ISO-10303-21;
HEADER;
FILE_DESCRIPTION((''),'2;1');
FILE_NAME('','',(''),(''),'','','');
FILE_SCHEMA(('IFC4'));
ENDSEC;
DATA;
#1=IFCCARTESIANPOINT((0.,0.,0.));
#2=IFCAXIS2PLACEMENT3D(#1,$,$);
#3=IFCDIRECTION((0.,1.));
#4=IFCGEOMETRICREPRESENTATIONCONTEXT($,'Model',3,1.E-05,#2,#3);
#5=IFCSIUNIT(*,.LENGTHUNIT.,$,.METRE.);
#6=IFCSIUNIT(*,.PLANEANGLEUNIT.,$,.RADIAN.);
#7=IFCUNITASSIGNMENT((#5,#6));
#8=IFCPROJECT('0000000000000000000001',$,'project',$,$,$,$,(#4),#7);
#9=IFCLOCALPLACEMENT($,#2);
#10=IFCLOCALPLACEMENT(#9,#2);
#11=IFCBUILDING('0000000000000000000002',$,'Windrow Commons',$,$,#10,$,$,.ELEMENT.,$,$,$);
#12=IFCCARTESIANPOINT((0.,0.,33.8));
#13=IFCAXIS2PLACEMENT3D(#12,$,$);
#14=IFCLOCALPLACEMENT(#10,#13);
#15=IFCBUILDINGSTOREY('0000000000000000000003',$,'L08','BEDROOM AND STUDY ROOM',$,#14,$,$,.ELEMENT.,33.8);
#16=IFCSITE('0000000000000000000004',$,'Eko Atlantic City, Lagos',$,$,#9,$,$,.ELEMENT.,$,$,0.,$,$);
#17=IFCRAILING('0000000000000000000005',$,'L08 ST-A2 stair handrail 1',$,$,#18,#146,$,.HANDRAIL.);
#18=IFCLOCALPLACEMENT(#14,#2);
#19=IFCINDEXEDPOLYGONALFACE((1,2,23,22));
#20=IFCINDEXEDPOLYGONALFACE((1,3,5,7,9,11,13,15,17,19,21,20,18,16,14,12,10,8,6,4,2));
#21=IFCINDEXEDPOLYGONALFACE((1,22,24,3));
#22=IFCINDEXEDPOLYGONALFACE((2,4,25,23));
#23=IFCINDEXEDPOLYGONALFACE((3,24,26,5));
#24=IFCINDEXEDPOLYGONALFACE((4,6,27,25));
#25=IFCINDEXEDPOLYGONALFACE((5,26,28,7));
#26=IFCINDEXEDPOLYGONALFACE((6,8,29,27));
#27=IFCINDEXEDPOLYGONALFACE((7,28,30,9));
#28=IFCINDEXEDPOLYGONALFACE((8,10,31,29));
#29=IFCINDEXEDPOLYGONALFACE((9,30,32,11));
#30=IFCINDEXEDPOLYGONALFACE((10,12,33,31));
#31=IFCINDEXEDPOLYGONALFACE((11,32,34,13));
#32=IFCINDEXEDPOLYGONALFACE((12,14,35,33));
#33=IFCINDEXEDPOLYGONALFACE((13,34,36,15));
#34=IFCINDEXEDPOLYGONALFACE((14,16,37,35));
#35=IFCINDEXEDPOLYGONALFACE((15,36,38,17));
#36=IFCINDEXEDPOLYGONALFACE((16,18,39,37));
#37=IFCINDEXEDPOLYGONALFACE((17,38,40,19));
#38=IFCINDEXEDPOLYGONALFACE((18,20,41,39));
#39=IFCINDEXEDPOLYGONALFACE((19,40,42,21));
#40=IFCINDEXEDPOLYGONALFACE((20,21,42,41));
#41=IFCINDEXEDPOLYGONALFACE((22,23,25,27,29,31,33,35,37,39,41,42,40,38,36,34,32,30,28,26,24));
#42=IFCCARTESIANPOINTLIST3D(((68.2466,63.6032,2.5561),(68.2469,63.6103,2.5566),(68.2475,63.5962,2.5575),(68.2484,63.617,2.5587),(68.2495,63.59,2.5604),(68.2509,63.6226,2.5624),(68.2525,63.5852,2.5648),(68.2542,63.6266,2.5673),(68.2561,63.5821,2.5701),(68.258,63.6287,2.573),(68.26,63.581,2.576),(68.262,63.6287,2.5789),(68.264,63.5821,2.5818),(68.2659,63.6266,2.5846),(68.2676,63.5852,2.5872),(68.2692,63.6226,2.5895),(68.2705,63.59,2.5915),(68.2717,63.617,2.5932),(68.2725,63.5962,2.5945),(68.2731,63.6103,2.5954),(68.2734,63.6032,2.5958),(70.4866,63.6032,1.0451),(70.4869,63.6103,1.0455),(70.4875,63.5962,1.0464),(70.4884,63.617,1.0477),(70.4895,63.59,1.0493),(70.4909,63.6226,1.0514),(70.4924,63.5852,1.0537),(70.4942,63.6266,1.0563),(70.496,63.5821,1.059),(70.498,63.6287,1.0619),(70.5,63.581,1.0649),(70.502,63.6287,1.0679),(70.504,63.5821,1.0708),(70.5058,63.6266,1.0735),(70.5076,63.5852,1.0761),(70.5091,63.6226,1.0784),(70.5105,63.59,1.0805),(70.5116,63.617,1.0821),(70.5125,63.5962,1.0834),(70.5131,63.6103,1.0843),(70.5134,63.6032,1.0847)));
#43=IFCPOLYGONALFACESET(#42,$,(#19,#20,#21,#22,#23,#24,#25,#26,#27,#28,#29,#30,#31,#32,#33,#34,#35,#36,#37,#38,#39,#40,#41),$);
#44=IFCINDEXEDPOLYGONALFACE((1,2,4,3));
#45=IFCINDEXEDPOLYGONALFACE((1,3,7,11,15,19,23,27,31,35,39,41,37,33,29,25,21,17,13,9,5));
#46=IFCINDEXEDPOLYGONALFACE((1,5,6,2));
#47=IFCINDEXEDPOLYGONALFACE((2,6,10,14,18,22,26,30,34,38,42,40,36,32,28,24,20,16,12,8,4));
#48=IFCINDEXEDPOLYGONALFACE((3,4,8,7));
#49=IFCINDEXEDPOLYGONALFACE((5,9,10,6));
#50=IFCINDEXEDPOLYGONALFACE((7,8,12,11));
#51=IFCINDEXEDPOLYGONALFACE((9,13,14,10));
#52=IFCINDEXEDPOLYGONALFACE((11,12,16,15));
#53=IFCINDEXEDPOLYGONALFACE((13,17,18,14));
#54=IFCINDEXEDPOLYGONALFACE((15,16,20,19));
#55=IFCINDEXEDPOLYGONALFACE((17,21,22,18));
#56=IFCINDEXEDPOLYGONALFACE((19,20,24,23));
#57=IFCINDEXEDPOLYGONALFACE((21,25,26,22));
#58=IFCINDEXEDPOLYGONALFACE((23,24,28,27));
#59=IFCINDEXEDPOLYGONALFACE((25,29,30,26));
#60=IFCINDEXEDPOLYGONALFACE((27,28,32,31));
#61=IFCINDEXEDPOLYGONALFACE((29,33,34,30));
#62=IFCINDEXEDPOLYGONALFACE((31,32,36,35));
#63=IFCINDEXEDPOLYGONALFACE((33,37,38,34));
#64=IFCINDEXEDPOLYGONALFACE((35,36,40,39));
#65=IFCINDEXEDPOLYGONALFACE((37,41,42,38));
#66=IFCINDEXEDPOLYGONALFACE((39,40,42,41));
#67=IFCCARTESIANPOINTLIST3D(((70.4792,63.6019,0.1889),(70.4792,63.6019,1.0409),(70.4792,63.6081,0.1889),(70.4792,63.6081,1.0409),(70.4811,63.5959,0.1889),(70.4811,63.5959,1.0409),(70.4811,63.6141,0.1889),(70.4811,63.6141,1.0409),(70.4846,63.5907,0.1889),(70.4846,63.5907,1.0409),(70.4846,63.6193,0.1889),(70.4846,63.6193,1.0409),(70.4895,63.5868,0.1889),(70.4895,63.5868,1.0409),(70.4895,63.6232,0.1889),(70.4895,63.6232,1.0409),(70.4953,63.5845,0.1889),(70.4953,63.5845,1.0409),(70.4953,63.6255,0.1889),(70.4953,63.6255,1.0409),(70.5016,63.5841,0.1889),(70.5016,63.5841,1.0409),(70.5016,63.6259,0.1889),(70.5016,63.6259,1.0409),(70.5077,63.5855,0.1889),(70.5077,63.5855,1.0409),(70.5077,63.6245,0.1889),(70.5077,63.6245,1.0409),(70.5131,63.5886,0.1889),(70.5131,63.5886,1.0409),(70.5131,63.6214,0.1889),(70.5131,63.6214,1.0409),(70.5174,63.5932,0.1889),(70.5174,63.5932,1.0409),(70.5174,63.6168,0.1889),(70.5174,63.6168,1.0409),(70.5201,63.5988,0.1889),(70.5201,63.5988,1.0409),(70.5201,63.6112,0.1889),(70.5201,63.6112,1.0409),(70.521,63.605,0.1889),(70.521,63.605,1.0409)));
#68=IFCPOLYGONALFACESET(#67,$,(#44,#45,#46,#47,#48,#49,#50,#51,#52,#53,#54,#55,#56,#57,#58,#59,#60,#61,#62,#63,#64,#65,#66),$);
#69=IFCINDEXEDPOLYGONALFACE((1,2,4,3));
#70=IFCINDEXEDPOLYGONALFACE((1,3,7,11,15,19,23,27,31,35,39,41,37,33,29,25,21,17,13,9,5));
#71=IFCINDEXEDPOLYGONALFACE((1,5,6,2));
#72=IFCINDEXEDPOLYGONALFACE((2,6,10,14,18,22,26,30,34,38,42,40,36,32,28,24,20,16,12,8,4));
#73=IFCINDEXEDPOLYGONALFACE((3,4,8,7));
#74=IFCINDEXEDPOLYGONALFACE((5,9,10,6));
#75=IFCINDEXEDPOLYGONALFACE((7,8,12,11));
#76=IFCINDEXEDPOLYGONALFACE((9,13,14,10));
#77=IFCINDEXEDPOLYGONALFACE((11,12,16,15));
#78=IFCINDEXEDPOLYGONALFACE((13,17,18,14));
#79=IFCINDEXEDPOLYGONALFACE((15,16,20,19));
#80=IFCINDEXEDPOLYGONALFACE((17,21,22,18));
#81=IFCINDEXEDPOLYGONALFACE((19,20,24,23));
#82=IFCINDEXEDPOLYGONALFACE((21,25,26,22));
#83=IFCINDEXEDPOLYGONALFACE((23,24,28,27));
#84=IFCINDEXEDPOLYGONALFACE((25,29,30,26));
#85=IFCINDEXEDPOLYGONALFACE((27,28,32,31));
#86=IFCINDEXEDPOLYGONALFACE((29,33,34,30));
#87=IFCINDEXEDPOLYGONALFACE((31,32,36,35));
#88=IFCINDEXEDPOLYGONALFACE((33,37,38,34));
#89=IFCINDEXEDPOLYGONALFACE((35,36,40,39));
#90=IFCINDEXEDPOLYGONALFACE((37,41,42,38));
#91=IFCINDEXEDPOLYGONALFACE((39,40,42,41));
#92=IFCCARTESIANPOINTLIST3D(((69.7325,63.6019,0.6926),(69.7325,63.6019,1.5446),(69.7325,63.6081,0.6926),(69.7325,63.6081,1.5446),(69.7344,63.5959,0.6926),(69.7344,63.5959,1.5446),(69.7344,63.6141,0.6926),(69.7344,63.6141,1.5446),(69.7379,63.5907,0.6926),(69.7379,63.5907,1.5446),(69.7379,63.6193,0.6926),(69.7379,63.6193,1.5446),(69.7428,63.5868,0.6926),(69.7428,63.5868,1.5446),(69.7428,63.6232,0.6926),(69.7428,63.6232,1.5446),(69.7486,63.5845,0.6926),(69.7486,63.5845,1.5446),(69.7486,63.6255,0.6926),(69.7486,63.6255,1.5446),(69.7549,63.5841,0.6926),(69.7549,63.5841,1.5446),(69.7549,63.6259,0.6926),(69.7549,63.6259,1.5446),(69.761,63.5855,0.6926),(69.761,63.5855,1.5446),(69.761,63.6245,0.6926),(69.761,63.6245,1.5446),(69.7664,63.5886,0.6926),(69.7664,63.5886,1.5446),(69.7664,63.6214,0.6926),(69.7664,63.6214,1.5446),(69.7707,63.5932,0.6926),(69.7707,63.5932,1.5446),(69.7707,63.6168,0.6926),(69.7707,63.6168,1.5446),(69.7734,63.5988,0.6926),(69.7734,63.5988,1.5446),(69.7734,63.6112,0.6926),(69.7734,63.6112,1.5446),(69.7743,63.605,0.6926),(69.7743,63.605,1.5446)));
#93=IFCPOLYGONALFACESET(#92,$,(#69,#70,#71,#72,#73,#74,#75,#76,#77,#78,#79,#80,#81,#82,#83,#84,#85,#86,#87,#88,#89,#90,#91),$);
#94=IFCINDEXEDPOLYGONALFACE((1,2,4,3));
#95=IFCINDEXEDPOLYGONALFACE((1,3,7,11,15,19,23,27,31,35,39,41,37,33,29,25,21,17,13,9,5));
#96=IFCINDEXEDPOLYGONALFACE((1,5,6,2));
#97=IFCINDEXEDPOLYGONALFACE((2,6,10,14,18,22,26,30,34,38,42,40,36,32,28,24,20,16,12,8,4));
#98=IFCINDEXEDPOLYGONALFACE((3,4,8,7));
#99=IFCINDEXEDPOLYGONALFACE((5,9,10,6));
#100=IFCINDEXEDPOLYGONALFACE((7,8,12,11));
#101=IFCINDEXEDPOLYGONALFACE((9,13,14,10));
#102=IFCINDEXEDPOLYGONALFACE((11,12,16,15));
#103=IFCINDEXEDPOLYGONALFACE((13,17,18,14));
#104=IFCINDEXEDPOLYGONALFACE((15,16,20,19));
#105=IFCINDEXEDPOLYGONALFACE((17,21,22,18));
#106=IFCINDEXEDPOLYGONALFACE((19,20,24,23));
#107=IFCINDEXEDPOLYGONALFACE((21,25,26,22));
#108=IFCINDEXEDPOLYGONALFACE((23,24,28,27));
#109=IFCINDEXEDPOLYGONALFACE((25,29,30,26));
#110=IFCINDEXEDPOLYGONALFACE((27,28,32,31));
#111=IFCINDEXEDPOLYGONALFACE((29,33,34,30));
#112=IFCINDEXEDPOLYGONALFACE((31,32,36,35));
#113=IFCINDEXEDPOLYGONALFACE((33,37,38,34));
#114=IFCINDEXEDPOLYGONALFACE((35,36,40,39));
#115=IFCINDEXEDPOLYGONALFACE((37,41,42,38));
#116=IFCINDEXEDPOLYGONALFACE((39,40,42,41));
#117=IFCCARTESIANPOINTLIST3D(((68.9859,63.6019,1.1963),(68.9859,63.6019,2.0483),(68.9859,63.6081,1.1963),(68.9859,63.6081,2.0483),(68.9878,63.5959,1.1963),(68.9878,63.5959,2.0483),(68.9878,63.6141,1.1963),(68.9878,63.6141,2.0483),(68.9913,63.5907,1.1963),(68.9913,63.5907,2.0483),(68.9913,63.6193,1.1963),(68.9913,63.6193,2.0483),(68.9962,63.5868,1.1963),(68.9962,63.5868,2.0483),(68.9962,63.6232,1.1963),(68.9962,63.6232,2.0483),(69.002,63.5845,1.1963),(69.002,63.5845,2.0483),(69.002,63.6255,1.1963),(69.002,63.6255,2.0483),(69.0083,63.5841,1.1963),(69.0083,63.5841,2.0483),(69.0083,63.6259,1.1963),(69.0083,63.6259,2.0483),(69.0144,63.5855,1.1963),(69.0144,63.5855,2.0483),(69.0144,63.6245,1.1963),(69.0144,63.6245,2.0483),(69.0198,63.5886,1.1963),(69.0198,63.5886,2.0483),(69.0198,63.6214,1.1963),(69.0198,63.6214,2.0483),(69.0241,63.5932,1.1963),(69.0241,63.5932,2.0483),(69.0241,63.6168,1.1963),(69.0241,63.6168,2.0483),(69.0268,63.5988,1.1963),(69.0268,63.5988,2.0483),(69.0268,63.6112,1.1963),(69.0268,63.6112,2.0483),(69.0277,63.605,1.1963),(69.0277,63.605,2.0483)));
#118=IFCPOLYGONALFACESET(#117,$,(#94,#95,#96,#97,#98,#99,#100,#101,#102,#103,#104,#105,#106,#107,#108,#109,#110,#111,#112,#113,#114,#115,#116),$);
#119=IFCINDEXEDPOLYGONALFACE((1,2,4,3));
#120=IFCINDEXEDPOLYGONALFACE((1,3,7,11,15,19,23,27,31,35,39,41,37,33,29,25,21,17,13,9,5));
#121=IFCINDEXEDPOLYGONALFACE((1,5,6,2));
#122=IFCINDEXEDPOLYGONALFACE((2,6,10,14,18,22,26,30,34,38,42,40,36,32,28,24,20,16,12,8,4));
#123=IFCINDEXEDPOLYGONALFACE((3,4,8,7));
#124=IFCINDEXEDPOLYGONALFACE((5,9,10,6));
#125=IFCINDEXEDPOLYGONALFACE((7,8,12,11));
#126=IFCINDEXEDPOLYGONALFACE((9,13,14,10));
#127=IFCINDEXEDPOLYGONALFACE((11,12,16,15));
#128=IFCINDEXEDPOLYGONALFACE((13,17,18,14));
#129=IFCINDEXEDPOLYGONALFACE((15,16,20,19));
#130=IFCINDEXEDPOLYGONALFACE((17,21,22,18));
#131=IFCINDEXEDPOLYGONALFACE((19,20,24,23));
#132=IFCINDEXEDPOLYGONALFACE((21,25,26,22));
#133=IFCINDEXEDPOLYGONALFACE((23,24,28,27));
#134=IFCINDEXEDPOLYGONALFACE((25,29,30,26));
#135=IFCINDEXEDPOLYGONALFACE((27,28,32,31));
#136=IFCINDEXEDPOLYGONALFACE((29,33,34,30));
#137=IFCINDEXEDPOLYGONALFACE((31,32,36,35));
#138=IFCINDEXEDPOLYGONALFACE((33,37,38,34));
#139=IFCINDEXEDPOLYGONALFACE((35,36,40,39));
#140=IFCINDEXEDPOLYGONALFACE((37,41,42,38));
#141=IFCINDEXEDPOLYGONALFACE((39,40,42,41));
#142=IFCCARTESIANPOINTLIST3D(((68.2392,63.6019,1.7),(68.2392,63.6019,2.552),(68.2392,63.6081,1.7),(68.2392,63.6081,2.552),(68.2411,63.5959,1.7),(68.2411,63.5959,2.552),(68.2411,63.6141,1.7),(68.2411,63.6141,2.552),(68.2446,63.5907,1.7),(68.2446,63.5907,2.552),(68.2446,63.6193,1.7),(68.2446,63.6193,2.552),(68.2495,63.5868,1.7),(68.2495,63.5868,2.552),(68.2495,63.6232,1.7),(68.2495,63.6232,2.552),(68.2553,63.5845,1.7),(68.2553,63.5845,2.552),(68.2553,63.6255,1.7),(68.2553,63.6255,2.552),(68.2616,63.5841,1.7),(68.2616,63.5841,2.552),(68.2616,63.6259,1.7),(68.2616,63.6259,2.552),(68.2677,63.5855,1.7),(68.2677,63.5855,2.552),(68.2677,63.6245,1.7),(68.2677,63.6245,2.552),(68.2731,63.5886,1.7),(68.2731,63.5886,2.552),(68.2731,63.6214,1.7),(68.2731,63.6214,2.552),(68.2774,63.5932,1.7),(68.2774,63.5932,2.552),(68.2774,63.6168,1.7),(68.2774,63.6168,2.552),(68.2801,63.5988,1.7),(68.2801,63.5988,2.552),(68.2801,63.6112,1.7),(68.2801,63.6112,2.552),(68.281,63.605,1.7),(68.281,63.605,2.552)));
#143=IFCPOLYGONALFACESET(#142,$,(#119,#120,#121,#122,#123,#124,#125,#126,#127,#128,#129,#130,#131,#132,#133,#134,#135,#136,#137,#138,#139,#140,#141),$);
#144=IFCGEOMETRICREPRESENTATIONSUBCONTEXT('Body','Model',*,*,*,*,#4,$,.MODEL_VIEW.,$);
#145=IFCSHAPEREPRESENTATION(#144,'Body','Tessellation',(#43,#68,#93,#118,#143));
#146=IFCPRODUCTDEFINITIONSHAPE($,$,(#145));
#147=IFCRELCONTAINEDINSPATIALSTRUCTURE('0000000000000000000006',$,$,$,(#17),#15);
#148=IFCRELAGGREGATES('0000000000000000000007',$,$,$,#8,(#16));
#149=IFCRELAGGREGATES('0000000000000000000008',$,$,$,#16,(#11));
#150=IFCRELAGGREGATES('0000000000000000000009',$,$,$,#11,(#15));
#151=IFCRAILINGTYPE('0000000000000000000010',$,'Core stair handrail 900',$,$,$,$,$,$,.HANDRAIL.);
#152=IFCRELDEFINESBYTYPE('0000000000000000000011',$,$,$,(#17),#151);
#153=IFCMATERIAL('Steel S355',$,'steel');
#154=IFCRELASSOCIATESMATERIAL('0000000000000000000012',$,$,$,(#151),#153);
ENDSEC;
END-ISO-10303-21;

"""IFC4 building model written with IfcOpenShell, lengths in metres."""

from ifc_helpers import new_model, si_unit, direction, frame, origin, origin_2d, place, context, subcontext, project, spatial, circle, extrude, material, type_object, element, save


model = new_model("IFC4")

# Units and contexts
model_context = context("Model", 3, precision=1e-05, world=origin(), true_north=direction((0.0, 1.0)))
body_context = subcontext(model_context, "Body", "Model", "MODEL_VIEW")
ifc_project = project(units=[si_unit("LENGTHUNIT", "METRE"), si_unit("PLANEANGLEUNIT", "RADIAN")], contexts=[model_context])

# Site, building, storey
site_placement = place(None, origin())
site = spatial("IfcSite", under=ifc_project, at=site_placement, Name="Eko Atlantic City, Lagos", CompositionType="ELEMENT", RefElevation=0.0)
building_placement = place(site_placement, origin())
building = spatial("IfcBuilding", under=site, at=building_placement, Name="Windrow Commons", CompositionType="ELEMENT")
storey_placement = place(building_placement, frame((0.0, 0.0, 33.8)))
storey = spatial("IfcBuildingStorey", under=building, at=storey_placement, Name="L08", Description="BEDROOM AND STUDY ROOM", CompositionType="ELEMENT", Elevation=33.8)

# Railing
ifc_material_1 = material(Name="Steel S355", Category="steel")
railing_type_1 = type_object("IfcRailingType", Name="Core stair handrail 900", PredefinedType="HANDRAIL", material=ifc_material_1)
railing_1_placement = place(storey_placement, frame((70.5, 63.605, 0.1889)))
element("IfcRailing", 1, at=railing_1_placement, inside=storey, type_object=railing_type_1, Name="L08 ST-A2 stair handrail 1", PredefinedType="HANDRAIL", context=body_context, shape_type="SweptSolid", body=[
    extrude(circle(Radius=0.024, at=origin_2d()), frame((0.0, 0.0, 0.876), z_axis=(-0.829003, 0.0, 0.559244), x_axis=(0.0, -1.0, 0.0)), (0.0, 0.0, 1.0), 2.702),
    extrude(circle(Radius=0.021, at=origin_2d()), origin(), (0.0, 0.0, 1.0), 0.852),
    extrude(circle(Radius=0.021, at=origin_2d()), frame((-0.7467, 0.0, 0.5037)), (0.0, 0.0, 1.0), 0.852),
    extrude(circle(Radius=0.021, at=origin_2d()), frame((-1.4933, 0.0, 1.0074)), (0.0, 0.0, 1.0), 0.852),
    extrude(circle(Radius=0.021, at=origin_2d()), frame((-2.24, 0.0, 1.5111)), (0.0, 0.0, 1.0), 0.852),
])

save(model, "model.ifc")
